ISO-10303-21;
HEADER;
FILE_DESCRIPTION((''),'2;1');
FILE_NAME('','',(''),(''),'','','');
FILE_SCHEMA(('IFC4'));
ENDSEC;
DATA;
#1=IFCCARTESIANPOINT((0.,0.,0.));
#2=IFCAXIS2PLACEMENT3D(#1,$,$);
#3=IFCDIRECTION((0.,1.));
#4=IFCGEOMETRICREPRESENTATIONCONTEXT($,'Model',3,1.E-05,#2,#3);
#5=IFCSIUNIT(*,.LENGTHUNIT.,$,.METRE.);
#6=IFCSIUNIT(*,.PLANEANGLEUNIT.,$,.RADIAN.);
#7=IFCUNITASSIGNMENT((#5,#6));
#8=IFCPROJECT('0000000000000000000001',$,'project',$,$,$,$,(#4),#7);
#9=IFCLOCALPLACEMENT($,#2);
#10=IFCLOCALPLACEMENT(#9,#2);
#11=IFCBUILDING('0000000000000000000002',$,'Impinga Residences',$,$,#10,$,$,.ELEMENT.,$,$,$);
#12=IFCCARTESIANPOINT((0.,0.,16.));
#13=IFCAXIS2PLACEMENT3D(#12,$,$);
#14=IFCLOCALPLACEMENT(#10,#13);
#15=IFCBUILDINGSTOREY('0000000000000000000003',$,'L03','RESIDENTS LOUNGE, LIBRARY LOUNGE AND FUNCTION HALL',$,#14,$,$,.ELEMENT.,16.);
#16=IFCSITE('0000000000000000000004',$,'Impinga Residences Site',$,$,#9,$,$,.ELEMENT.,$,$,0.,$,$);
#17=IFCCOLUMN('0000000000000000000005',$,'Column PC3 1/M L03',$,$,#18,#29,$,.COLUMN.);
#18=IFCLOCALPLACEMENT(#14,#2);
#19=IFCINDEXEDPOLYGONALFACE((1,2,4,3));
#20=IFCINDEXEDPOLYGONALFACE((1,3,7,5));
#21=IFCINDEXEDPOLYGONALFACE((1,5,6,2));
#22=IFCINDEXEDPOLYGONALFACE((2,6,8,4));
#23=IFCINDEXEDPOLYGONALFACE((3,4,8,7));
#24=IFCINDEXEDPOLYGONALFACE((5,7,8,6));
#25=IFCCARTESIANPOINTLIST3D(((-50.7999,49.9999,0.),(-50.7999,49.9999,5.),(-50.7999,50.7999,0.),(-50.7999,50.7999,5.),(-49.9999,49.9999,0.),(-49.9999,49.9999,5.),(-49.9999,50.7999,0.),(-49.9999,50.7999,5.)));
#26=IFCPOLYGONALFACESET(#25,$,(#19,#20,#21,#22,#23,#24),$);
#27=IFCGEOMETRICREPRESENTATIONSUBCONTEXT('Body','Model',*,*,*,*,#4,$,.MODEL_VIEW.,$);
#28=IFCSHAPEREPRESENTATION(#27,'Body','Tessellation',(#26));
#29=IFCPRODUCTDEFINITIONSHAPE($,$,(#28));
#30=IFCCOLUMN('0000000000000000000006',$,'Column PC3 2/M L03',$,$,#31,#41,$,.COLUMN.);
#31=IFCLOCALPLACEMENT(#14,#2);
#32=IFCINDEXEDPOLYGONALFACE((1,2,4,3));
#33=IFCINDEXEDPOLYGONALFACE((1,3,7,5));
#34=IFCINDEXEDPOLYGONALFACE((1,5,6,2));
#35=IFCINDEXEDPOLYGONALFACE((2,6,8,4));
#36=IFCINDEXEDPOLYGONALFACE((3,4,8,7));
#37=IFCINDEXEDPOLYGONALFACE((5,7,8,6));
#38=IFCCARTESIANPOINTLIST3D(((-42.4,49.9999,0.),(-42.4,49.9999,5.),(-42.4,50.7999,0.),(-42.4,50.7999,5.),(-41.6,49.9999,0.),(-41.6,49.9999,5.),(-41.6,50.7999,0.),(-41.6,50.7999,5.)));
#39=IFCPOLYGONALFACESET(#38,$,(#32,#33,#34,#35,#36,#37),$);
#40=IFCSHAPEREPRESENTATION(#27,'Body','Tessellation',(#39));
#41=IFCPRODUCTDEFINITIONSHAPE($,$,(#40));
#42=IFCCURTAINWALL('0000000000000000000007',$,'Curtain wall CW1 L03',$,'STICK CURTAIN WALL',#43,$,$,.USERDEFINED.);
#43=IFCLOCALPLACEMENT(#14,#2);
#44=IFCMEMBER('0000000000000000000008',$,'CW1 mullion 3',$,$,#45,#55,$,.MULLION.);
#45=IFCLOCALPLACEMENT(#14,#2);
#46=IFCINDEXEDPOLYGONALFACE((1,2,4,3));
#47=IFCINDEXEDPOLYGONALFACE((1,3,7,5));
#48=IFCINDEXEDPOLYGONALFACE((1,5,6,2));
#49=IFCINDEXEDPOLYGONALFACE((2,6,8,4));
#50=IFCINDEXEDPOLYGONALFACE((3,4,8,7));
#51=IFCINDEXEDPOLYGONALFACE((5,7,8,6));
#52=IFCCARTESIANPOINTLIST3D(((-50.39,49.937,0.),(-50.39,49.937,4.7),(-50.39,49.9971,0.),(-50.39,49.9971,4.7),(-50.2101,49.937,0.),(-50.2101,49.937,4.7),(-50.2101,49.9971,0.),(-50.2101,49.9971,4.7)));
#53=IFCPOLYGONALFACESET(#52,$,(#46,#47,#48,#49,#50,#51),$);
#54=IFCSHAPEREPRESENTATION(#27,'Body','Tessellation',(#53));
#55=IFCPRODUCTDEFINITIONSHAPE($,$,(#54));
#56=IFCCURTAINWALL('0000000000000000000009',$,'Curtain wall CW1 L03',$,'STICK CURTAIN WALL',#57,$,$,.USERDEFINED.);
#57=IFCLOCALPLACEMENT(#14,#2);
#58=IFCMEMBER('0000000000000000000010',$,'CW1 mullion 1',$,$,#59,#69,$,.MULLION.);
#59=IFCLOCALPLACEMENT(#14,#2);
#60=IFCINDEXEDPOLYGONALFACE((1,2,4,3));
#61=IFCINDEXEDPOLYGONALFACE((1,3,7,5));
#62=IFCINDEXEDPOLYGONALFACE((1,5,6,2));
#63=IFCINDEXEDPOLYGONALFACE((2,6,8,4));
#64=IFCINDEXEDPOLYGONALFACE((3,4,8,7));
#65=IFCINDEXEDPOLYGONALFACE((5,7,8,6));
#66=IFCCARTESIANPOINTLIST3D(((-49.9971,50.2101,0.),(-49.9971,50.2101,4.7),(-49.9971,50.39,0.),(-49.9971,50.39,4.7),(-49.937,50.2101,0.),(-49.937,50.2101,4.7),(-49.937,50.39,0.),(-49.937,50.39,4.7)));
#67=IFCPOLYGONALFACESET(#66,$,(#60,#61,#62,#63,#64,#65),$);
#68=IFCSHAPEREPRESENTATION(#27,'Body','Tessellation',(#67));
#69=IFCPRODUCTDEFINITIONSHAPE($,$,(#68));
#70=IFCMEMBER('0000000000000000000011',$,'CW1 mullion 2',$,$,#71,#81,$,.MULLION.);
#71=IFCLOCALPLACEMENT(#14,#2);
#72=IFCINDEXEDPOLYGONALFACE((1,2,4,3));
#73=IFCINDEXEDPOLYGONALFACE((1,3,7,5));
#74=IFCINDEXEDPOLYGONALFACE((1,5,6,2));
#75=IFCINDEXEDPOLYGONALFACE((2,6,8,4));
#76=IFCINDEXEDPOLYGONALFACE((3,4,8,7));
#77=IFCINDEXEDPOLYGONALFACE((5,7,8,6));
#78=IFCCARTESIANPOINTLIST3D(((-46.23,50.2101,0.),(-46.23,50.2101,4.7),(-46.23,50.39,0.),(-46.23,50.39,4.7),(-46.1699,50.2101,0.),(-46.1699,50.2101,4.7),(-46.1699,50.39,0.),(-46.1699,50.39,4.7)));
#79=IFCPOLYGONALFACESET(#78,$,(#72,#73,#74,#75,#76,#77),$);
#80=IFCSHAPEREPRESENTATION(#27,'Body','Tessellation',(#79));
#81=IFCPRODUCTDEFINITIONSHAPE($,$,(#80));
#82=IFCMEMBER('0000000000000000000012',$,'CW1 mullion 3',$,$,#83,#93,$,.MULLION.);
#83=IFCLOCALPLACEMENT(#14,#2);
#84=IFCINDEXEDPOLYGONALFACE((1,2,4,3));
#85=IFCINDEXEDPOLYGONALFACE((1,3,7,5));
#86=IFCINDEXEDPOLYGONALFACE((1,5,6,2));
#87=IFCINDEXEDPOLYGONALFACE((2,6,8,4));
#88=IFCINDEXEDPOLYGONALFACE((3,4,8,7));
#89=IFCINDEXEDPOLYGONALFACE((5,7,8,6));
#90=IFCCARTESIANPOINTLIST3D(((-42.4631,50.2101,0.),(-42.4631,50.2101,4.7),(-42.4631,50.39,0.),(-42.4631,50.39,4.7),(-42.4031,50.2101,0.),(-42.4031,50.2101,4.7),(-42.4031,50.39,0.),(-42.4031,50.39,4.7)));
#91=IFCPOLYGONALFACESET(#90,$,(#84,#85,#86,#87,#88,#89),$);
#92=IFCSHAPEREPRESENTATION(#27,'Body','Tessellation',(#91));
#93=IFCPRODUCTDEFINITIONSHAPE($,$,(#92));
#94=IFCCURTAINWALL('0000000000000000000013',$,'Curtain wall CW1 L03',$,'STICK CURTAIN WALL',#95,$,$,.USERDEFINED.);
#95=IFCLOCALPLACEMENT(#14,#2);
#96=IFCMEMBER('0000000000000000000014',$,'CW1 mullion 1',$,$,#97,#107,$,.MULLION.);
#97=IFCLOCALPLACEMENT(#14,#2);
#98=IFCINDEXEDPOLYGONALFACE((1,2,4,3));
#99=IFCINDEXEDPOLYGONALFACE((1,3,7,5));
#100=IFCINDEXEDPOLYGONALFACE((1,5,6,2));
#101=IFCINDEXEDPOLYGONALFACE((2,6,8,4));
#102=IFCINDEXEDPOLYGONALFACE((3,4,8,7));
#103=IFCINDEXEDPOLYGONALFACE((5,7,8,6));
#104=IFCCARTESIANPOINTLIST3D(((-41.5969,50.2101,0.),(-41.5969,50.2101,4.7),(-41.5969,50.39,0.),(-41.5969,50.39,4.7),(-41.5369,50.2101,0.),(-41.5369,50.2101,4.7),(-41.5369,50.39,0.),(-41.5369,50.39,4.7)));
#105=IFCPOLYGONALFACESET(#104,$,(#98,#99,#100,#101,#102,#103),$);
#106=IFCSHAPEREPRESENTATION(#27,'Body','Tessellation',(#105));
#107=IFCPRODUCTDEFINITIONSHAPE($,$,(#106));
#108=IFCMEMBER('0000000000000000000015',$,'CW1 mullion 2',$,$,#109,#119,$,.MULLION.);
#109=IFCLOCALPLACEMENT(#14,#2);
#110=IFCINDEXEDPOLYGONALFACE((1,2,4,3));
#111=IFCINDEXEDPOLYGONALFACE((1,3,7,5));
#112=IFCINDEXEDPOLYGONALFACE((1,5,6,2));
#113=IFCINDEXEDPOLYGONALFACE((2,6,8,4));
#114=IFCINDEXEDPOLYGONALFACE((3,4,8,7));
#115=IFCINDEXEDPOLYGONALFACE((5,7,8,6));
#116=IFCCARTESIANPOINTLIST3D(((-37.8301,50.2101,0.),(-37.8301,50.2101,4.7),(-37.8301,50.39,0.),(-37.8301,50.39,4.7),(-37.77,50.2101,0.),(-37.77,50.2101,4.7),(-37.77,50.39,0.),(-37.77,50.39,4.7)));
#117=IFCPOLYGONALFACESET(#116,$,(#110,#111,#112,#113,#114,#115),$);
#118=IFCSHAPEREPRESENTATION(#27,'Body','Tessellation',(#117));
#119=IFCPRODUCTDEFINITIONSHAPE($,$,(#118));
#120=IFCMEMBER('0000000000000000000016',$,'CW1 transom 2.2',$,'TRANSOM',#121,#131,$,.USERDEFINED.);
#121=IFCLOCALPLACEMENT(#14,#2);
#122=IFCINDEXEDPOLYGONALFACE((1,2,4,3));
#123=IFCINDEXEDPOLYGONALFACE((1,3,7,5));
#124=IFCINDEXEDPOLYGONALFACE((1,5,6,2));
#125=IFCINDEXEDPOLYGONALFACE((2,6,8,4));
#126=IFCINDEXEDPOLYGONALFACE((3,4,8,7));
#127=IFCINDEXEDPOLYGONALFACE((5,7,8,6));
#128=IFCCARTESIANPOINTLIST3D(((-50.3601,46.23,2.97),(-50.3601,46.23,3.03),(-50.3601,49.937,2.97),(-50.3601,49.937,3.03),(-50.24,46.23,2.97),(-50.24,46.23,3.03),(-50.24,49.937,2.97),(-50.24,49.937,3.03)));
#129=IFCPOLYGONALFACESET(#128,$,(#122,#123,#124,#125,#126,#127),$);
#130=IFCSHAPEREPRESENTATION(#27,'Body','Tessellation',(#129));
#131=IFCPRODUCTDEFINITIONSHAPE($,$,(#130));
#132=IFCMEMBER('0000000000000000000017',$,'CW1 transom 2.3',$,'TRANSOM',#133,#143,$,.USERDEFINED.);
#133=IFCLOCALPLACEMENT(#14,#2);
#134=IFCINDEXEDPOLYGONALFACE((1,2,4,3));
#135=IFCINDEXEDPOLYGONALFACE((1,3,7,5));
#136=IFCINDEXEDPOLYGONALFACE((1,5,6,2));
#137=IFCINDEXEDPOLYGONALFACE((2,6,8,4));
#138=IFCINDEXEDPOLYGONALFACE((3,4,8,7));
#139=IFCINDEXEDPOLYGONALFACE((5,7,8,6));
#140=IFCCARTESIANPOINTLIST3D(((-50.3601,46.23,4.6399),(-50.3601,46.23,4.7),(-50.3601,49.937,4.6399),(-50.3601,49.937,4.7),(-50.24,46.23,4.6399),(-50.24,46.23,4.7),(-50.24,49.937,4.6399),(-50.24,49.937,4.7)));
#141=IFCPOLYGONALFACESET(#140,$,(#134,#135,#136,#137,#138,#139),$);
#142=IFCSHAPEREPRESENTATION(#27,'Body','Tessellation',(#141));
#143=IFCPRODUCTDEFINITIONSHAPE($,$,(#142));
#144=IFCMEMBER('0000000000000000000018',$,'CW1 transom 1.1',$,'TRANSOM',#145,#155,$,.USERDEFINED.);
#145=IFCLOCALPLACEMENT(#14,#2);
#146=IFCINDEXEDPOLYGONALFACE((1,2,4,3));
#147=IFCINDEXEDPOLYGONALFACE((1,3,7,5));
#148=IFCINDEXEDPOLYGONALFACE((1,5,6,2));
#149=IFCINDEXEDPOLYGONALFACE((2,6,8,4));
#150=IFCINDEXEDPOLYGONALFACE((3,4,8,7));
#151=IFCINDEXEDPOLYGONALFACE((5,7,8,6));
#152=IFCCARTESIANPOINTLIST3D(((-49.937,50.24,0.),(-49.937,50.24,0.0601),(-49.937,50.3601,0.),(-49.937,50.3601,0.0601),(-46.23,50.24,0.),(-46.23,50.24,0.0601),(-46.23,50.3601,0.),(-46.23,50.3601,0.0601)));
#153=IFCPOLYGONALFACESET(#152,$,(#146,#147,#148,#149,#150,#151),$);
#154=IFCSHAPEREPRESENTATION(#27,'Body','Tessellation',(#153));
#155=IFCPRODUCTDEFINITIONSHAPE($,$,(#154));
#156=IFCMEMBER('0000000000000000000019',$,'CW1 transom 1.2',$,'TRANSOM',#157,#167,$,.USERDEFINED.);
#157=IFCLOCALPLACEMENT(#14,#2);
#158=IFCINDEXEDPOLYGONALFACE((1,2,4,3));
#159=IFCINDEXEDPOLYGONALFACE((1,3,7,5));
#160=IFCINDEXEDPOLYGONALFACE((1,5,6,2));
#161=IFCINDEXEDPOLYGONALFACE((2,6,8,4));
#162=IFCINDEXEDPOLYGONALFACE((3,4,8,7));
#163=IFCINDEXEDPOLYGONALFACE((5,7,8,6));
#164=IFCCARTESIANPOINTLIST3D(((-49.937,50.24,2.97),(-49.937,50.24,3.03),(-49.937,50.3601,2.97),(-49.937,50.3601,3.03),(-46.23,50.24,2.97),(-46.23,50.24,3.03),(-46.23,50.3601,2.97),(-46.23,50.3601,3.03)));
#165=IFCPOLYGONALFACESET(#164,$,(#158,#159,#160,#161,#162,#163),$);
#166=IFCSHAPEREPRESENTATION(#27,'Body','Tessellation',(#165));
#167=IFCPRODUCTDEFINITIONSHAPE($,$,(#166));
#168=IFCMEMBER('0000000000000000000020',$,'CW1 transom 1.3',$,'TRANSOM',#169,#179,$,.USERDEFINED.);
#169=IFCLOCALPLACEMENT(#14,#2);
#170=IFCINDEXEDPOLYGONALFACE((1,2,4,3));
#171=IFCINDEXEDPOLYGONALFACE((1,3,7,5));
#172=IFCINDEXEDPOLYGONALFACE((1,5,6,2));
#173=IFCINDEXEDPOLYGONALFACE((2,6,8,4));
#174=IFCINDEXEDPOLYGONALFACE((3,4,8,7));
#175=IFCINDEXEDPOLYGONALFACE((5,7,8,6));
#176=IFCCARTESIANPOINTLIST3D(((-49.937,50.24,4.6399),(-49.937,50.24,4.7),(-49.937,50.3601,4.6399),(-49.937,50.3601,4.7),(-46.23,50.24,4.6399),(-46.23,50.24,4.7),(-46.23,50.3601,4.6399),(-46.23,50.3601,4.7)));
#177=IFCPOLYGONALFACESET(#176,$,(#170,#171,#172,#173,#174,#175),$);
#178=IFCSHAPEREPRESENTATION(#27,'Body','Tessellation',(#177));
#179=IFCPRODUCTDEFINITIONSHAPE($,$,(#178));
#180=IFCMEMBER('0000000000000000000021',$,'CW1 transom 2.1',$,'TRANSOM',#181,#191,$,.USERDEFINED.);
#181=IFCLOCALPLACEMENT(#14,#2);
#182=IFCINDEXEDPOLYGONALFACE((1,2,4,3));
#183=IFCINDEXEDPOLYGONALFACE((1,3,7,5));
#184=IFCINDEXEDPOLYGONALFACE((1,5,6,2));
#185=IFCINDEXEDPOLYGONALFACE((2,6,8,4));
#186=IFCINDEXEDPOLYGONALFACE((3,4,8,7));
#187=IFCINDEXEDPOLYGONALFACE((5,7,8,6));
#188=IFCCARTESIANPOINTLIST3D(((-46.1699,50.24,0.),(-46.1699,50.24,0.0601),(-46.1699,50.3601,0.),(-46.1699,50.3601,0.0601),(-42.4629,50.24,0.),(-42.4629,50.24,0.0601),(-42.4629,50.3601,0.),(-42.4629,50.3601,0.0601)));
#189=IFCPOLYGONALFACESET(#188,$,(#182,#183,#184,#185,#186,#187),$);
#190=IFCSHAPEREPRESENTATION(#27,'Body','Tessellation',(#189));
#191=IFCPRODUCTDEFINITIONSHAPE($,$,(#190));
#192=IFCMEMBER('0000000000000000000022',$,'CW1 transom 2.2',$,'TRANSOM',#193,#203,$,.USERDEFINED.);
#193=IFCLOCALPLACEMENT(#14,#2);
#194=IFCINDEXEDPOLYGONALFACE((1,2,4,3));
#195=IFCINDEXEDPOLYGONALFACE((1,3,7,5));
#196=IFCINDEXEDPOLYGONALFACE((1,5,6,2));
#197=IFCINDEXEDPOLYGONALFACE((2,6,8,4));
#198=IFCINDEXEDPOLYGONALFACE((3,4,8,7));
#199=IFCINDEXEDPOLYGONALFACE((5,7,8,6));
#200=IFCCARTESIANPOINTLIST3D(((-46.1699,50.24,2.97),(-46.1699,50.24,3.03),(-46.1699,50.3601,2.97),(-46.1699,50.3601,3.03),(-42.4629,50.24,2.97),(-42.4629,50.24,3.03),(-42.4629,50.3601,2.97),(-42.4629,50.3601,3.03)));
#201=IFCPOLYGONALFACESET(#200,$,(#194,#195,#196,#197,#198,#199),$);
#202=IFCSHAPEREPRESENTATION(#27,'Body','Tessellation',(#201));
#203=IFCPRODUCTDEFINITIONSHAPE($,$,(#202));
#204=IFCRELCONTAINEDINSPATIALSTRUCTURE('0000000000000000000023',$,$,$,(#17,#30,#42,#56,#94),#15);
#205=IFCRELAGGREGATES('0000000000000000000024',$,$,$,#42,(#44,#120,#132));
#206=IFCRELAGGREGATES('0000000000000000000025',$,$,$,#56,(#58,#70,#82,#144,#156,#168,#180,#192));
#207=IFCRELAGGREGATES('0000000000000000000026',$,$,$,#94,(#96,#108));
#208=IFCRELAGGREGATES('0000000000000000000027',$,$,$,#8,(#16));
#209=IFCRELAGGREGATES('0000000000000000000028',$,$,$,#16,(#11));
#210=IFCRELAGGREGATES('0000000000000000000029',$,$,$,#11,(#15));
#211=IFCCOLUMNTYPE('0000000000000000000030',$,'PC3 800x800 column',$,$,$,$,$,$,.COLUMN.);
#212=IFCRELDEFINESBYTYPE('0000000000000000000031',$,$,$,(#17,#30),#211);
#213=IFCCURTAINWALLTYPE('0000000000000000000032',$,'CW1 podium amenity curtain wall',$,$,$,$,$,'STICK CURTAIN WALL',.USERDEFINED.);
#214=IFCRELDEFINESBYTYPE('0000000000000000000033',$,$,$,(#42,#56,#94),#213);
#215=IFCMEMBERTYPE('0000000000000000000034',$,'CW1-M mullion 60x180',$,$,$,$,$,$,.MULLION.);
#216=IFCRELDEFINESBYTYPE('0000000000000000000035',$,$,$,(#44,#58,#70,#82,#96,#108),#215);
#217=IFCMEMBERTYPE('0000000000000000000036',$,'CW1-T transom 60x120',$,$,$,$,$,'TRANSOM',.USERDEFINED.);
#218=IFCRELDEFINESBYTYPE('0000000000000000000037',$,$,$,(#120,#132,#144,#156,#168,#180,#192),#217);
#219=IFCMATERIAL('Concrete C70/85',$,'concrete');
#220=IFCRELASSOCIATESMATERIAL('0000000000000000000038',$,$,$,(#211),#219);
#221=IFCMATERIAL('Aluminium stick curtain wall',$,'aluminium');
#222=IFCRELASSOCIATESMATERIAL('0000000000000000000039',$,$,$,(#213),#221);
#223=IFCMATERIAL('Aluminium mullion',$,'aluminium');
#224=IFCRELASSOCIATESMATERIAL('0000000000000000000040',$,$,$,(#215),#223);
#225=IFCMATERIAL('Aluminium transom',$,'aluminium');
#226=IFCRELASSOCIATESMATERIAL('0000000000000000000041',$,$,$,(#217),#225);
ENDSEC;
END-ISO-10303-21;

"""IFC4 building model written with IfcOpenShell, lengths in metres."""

from ifc_helpers import new_model, si_unit, direction, frame, origin, origin_2d, place, context, subcontext, project, spatial, rectangle, extrude, material, material_profile, profile_set, type_object, element, aggregate, save


model = new_model("IFC4")

# Units and contexts
model_context = context("Model", 3, precision=1e-05, world=origin(), true_north=direction((0.0, 1.0)))
body_context = subcontext(model_context, "Body", "Model", "MODEL_VIEW")
ifc_project = project(units=[si_unit("LENGTHUNIT", "METRE"), si_unit("PLANEANGLEUNIT", "RADIAN")], contexts=[model_context])

# Site, building, storey
site_placement = place(None, origin())
site = spatial("IfcSite", under=ifc_project, at=site_placement, Name="Impinga Residences Site", CompositionType="ELEMENT", RefElevation=0.0)
building_placement = place(site_placement, origin())
building = spatial("IfcBuilding", under=site, at=building_placement, Name="Impinga Residences", CompositionType="ELEMENT")
storey_placement = place(building_placement, frame((0.0, 0.0, 16.0)))
storey = spatial("IfcBuildingStorey", under=building, at=storey_placement, Name="L03", Description="RESIDENTS LOUNGE, LIBRARY LOUNGE AND FUNCTION HALL", CompositionType="ELEMENT", Elevation=16.0)

# Columns
ifc_material_1 = material(Name="Concrete C70/85", Category="concrete")
ifc_material_profile_1 = material_profile(ifc_material_1, rectangle(XDim=0.8, YDim=0.8, at=origin_2d()), Name="RC 800x800")
ifc_profile_set_1 = profile_set([ifc_material_profile_1], Name="Concrete C70/85")
column_type = type_object("IfcColumnType", Name="PC3 800x800 column", PredefinedType="COLUMN", material=ifc_profile_set_1)
for number, where, z_axis, x_axis, name in (
    (1, (-50.3999, 50.3999, 0.0), (0.0, 0.0, 1.0), (1.0, 0.0, 0.0), "Column PC3 1/M L03"),
    (2, (-42.0, 50.3999, 0.0), (0.0, 0.0, 1.0), (1.0, 0.0, 0.0), "Column PC3 2/M L03"),
):
    element("IfcColumn", number, at=place(storey_placement, frame(where, z_axis=z_axis, x_axis=x_axis)), inside=storey, type_object=column_type, Name=name, PredefinedType="COLUMN", context=body_context, shape_type="SweptSolid", body=[
        extrude(rectangle(XDim=0.8, YDim=0.8, at=origin_2d()), origin(), (0.0, 0.0, 1.0), 5.0),
    ])

# Curtain wall, member
ifc_material_2 = material(Name="Aluminium stick curtain wall", Category="aluminium")
curtain_wall_type = type_object("IfcCurtainWallType", Name="CW1 podium amenity curtain wall", ElementType="STICK CURTAIN WALL", PredefinedType="USERDEFINED", material=ifc_material_2)
curtain_wall_1_placement = place(storey_placement, origin())
curtain_wall_1 = element("IfcCurtainWall", 3, at=curtain_wall_1_placement, inside=storey, type_object=curtain_wall_type, Name="Curtain wall CW1 L03", ObjectType="STICK CURTAIN WALL", PredefinedType="USERDEFINED")
ifc_material_3 = material(Name="Aluminium mullion", Category="aluminium")
ifc_material_profile_2 = material_profile(ifc_material_3, rectangle(XDim=0.0601, YDim=0.1799, at=origin_2d()), Name="60x180 mullion")
ifc_profile_set_2 = profile_set([ifc_material_profile_2], Name="Aluminium mullion")
member_type_1 = type_object("IfcMemberType", Name="CW1-M mullion 60x180", PredefinedType="MULLION", material=ifc_profile_set_2)
member_1_placement = place(storey_placement, frame((-50.3, 49.967, 0.0), z_axis=(0.0, 0.0, 1.0), x_axis=(0.0, 1.0, 0.0)))
member_1 = element("IfcMember", 4, at=member_1_placement, type_object=member_type_1, Name="CW1 mullion 3", PredefinedType="MULLION", context=body_context, shape_type="SweptSolid", body=[
    extrude(rectangle(XDim=0.0601, YDim=0.1799, at=origin_2d()), origin(), (0.0, 0.0, 1.0), 4.7),
])

# Curtain walls, members
curtain_wall_2_placement = place(storey_placement, origin())
curtain_wall_2 = element("IfcCurtainWall", 5, at=curtain_wall_2_placement, inside=storey, type_object=curtain_wall_type, Name="Curtain wall CW1 L03", ObjectType="STICK CURTAIN WALL", PredefinedType="USERDEFINED")
member_2_placement = place(storey_placement, frame((-49.967, 50.3, 0.0), z_axis=(0.0, 0.0, 1.0), x_axis=(1.0, 0.0, 0.0)))
member_2 = element("IfcMember", 6, at=member_2_placement, type_object=member_type_1, Name="CW1 mullion 1", PredefinedType="MULLION", context=body_context, shape_type="SweptSolid", body=[
    extrude(rectangle(XDim=0.0601, YDim=0.1799, at=origin_2d()), origin(), (0.0, 0.0, 1.0), 4.7),
])
member_3_placement = place(storey_placement, frame((-46.2, 50.3, 0.0), z_axis=(0.0, 0.0, 1.0), x_axis=(1.0, 0.0, 0.0)))
member_3 = element("IfcMember", 7, at=member_3_placement, type_object=member_type_1, Name="CW1 mullion 2", PredefinedType="MULLION", context=body_context, shape_type="SweptSolid", body=[
    extrude(rectangle(XDim=0.0601, YDim=0.1799, at=origin_2d()), origin(), (0.0, 0.0, 1.0), 4.7),
])
member_4_placement = place(storey_placement, frame((-42.4331, 50.3, 0.0), z_axis=(0.0, 0.0, 1.0), x_axis=(1.0, 0.0, 0.0)))
member_4 = element("IfcMember", 8, at=member_4_placement, type_object=member_type_1, Name="CW1 mullion 3", PredefinedType="MULLION", context=body_context, shape_type="SweptSolid", body=[
    extrude(rectangle(XDim=0.0601, YDim=0.1799, at=origin_2d()), origin(), (0.0, 0.0, 1.0), 4.7),
])
curtain_wall_3_placement = place(storey_placement, origin())
curtain_wall_3 = element("IfcCurtainWall", 9, at=curtain_wall_3_placement, inside=storey, type_object=curtain_wall_type, Name="Curtain wall CW1 L03", ObjectType="STICK CURTAIN WALL", PredefinedType="USERDEFINED")
member_5_placement = place(storey_placement, frame((-41.5669, 50.3, 0.0), z_axis=(0.0, 0.0, 1.0), x_axis=(1.0, 0.0, 0.0)))
member_5 = element("IfcMember", 10, at=member_5_placement, type_object=member_type_1, Name="CW1 mullion 1", PredefinedType="MULLION", context=body_context, shape_type="SweptSolid", body=[
    extrude(rectangle(XDim=0.0601, YDim=0.1799, at=origin_2d()), origin(), (0.0, 0.0, 1.0), 4.7),
])
member_6_placement = place(storey_placement, frame((-37.8, 50.3, 0.0), z_axis=(0.0, 0.0, 1.0), x_axis=(1.0, 0.0, 0.0)))
member_6 = element("IfcMember", 11, at=member_6_placement, type_object=member_type_1, Name="CW1 mullion 2", PredefinedType="MULLION", context=body_context, shape_type="SweptSolid", body=[
    extrude(rectangle(XDim=0.0601, YDim=0.1799, at=origin_2d()), origin(), (0.0, 0.0, 1.0), 4.7),
])

# Members
ifc_material_4 = material(Name="Aluminium transom", Category="aluminium")
ifc_material_profile_3 = material_profile(ifc_material_4, rectangle(XDim=0.0601, YDim=0.1201, at=origin_2d()), Name="60x120 transom")
ifc_profile_set_3 = profile_set([ifc_material_profile_3], Name="Aluminium transom")
member_type_2 = type_object("IfcMemberType", Name="CW1-T transom 60x120", ElementType="TRANSOM", PredefinedType="USERDEFINED", material=ifc_profile_set_3)
member_7_placement = place(storey_placement, frame((-50.3, 46.23, 3.0), z_axis=(0.0, 1.0, 0.0), x_axis=(0.0, 0.0, 1.0)))
member_7 = element("IfcMember", 12, at=member_7_placement, type_object=member_type_2, Name="CW1 transom 2.2", ObjectType="TRANSOM", PredefinedType="USERDEFINED", context=body_context, shape_type="SweptSolid", body=[
    extrude(rectangle(XDim=0.0601, YDim=0.1201, at=origin_2d()), origin(), (0.0, 0.0, 1.0), 3.707),
])
member_8_placement = place(storey_placement, frame((-50.3, 46.23, 4.6699), z_axis=(0.0, 1.0, 0.0), x_axis=(0.0, 0.0, 1.0)))
member_8 = element("IfcMember", 13, at=member_8_placement, type_object=member_type_2, Name="CW1 transom 2.3", ObjectType="TRANSOM", PredefinedType="USERDEFINED", context=body_context, shape_type="SweptSolid", body=[
    extrude(rectangle(XDim=0.0601, YDim=0.1201, at=origin_2d()), origin(), (0.0, 0.0, 1.0), 3.707),
])
member_9_placement = place(storey_placement, frame((-49.937, 50.3, 0.03), z_axis=(1.0, 0.0, 0.0), x_axis=(0.0, 0.0, 1.0)))
member_9 = element("IfcMember", 14, at=member_9_placement, type_object=member_type_2, Name="CW1 transom 1.1", ObjectType="TRANSOM", PredefinedType="USERDEFINED", context=body_context, shape_type="SweptSolid", body=[
    extrude(rectangle(XDim=0.0601, YDim=0.1201, at=origin_2d()), origin(), (0.0, 0.0, 1.0), 3.707),
])
member_10_placement = place(storey_placement, frame((-49.937, 50.3, 3.0), z_axis=(1.0, 0.0, 0.0), x_axis=(0.0, 0.0, 1.0)))
member_10 = element("IfcMember", 15, at=member_10_placement, type_object=member_type_2, Name="CW1 transom 1.2", ObjectType="TRANSOM", PredefinedType="USERDEFINED", context=body_context, shape_type="SweptSolid", body=[
    extrude(rectangle(XDim=0.0601, YDim=0.1201, at=origin_2d()), origin(), (0.0, 0.0, 1.0), 3.707),
])
member_11_placement = place(storey_placement, frame((-49.937, 50.3, 4.6699), z_axis=(1.0, 0.0, 0.0), x_axis=(0.0, 0.0, 1.0)))
member_11 = element("IfcMember", 16, at=member_11_placement, type_object=member_type_2, Name="CW1 transom 1.3", ObjectType="TRANSOM", PredefinedType="USERDEFINED", context=body_context, shape_type="SweptSolid", body=[
    extrude(rectangle(XDim=0.0601, YDim=0.1201, at=origin_2d()), origin(), (0.0, 0.0, 1.0), 3.707),
])
member_12_placement = place(storey_placement, frame((-46.1699, 50.3, 0.03), z_axis=(1.0, 0.0, 0.0), x_axis=(0.0, 0.0, 1.0)))
member_12 = element("IfcMember", 17, at=member_12_placement, type_object=member_type_2, Name="CW1 transom 2.1", ObjectType="TRANSOM", PredefinedType="USERDEFINED", context=body_context, shape_type="SweptSolid", body=[
    extrude(rectangle(XDim=0.0601, YDim=0.1201, at=origin_2d()), origin(), (0.0, 0.0, 1.0), 3.707),
])
member_13_placement = place(storey_placement, frame((-46.1699, 50.3, 3.0), z_axis=(1.0, 0.0, 0.0), x_axis=(0.0, 0.0, 1.0)))
member_13 = element("IfcMember", 18, at=member_13_placement, type_object=member_type_2, Name="CW1 transom 2.2", ObjectType="TRANSOM", PredefinedType="USERDEFINED", context=body_context, shape_type="SweptSolid", body=[
    extrude(rectangle(XDim=0.0601, YDim=0.1201, at=origin_2d()), origin(), (0.0, 0.0, 1.0), 3.707),
])

aggregate(curtain_wall_1, [member_1, member_7, member_8])
aggregate(curtain_wall_2, [member_2, member_3, member_4, member_9, member_10, member_11, member_12, member_13])
aggregate(curtain_wall_3, [member_5, member_6])

save(model, "model.ifc")
